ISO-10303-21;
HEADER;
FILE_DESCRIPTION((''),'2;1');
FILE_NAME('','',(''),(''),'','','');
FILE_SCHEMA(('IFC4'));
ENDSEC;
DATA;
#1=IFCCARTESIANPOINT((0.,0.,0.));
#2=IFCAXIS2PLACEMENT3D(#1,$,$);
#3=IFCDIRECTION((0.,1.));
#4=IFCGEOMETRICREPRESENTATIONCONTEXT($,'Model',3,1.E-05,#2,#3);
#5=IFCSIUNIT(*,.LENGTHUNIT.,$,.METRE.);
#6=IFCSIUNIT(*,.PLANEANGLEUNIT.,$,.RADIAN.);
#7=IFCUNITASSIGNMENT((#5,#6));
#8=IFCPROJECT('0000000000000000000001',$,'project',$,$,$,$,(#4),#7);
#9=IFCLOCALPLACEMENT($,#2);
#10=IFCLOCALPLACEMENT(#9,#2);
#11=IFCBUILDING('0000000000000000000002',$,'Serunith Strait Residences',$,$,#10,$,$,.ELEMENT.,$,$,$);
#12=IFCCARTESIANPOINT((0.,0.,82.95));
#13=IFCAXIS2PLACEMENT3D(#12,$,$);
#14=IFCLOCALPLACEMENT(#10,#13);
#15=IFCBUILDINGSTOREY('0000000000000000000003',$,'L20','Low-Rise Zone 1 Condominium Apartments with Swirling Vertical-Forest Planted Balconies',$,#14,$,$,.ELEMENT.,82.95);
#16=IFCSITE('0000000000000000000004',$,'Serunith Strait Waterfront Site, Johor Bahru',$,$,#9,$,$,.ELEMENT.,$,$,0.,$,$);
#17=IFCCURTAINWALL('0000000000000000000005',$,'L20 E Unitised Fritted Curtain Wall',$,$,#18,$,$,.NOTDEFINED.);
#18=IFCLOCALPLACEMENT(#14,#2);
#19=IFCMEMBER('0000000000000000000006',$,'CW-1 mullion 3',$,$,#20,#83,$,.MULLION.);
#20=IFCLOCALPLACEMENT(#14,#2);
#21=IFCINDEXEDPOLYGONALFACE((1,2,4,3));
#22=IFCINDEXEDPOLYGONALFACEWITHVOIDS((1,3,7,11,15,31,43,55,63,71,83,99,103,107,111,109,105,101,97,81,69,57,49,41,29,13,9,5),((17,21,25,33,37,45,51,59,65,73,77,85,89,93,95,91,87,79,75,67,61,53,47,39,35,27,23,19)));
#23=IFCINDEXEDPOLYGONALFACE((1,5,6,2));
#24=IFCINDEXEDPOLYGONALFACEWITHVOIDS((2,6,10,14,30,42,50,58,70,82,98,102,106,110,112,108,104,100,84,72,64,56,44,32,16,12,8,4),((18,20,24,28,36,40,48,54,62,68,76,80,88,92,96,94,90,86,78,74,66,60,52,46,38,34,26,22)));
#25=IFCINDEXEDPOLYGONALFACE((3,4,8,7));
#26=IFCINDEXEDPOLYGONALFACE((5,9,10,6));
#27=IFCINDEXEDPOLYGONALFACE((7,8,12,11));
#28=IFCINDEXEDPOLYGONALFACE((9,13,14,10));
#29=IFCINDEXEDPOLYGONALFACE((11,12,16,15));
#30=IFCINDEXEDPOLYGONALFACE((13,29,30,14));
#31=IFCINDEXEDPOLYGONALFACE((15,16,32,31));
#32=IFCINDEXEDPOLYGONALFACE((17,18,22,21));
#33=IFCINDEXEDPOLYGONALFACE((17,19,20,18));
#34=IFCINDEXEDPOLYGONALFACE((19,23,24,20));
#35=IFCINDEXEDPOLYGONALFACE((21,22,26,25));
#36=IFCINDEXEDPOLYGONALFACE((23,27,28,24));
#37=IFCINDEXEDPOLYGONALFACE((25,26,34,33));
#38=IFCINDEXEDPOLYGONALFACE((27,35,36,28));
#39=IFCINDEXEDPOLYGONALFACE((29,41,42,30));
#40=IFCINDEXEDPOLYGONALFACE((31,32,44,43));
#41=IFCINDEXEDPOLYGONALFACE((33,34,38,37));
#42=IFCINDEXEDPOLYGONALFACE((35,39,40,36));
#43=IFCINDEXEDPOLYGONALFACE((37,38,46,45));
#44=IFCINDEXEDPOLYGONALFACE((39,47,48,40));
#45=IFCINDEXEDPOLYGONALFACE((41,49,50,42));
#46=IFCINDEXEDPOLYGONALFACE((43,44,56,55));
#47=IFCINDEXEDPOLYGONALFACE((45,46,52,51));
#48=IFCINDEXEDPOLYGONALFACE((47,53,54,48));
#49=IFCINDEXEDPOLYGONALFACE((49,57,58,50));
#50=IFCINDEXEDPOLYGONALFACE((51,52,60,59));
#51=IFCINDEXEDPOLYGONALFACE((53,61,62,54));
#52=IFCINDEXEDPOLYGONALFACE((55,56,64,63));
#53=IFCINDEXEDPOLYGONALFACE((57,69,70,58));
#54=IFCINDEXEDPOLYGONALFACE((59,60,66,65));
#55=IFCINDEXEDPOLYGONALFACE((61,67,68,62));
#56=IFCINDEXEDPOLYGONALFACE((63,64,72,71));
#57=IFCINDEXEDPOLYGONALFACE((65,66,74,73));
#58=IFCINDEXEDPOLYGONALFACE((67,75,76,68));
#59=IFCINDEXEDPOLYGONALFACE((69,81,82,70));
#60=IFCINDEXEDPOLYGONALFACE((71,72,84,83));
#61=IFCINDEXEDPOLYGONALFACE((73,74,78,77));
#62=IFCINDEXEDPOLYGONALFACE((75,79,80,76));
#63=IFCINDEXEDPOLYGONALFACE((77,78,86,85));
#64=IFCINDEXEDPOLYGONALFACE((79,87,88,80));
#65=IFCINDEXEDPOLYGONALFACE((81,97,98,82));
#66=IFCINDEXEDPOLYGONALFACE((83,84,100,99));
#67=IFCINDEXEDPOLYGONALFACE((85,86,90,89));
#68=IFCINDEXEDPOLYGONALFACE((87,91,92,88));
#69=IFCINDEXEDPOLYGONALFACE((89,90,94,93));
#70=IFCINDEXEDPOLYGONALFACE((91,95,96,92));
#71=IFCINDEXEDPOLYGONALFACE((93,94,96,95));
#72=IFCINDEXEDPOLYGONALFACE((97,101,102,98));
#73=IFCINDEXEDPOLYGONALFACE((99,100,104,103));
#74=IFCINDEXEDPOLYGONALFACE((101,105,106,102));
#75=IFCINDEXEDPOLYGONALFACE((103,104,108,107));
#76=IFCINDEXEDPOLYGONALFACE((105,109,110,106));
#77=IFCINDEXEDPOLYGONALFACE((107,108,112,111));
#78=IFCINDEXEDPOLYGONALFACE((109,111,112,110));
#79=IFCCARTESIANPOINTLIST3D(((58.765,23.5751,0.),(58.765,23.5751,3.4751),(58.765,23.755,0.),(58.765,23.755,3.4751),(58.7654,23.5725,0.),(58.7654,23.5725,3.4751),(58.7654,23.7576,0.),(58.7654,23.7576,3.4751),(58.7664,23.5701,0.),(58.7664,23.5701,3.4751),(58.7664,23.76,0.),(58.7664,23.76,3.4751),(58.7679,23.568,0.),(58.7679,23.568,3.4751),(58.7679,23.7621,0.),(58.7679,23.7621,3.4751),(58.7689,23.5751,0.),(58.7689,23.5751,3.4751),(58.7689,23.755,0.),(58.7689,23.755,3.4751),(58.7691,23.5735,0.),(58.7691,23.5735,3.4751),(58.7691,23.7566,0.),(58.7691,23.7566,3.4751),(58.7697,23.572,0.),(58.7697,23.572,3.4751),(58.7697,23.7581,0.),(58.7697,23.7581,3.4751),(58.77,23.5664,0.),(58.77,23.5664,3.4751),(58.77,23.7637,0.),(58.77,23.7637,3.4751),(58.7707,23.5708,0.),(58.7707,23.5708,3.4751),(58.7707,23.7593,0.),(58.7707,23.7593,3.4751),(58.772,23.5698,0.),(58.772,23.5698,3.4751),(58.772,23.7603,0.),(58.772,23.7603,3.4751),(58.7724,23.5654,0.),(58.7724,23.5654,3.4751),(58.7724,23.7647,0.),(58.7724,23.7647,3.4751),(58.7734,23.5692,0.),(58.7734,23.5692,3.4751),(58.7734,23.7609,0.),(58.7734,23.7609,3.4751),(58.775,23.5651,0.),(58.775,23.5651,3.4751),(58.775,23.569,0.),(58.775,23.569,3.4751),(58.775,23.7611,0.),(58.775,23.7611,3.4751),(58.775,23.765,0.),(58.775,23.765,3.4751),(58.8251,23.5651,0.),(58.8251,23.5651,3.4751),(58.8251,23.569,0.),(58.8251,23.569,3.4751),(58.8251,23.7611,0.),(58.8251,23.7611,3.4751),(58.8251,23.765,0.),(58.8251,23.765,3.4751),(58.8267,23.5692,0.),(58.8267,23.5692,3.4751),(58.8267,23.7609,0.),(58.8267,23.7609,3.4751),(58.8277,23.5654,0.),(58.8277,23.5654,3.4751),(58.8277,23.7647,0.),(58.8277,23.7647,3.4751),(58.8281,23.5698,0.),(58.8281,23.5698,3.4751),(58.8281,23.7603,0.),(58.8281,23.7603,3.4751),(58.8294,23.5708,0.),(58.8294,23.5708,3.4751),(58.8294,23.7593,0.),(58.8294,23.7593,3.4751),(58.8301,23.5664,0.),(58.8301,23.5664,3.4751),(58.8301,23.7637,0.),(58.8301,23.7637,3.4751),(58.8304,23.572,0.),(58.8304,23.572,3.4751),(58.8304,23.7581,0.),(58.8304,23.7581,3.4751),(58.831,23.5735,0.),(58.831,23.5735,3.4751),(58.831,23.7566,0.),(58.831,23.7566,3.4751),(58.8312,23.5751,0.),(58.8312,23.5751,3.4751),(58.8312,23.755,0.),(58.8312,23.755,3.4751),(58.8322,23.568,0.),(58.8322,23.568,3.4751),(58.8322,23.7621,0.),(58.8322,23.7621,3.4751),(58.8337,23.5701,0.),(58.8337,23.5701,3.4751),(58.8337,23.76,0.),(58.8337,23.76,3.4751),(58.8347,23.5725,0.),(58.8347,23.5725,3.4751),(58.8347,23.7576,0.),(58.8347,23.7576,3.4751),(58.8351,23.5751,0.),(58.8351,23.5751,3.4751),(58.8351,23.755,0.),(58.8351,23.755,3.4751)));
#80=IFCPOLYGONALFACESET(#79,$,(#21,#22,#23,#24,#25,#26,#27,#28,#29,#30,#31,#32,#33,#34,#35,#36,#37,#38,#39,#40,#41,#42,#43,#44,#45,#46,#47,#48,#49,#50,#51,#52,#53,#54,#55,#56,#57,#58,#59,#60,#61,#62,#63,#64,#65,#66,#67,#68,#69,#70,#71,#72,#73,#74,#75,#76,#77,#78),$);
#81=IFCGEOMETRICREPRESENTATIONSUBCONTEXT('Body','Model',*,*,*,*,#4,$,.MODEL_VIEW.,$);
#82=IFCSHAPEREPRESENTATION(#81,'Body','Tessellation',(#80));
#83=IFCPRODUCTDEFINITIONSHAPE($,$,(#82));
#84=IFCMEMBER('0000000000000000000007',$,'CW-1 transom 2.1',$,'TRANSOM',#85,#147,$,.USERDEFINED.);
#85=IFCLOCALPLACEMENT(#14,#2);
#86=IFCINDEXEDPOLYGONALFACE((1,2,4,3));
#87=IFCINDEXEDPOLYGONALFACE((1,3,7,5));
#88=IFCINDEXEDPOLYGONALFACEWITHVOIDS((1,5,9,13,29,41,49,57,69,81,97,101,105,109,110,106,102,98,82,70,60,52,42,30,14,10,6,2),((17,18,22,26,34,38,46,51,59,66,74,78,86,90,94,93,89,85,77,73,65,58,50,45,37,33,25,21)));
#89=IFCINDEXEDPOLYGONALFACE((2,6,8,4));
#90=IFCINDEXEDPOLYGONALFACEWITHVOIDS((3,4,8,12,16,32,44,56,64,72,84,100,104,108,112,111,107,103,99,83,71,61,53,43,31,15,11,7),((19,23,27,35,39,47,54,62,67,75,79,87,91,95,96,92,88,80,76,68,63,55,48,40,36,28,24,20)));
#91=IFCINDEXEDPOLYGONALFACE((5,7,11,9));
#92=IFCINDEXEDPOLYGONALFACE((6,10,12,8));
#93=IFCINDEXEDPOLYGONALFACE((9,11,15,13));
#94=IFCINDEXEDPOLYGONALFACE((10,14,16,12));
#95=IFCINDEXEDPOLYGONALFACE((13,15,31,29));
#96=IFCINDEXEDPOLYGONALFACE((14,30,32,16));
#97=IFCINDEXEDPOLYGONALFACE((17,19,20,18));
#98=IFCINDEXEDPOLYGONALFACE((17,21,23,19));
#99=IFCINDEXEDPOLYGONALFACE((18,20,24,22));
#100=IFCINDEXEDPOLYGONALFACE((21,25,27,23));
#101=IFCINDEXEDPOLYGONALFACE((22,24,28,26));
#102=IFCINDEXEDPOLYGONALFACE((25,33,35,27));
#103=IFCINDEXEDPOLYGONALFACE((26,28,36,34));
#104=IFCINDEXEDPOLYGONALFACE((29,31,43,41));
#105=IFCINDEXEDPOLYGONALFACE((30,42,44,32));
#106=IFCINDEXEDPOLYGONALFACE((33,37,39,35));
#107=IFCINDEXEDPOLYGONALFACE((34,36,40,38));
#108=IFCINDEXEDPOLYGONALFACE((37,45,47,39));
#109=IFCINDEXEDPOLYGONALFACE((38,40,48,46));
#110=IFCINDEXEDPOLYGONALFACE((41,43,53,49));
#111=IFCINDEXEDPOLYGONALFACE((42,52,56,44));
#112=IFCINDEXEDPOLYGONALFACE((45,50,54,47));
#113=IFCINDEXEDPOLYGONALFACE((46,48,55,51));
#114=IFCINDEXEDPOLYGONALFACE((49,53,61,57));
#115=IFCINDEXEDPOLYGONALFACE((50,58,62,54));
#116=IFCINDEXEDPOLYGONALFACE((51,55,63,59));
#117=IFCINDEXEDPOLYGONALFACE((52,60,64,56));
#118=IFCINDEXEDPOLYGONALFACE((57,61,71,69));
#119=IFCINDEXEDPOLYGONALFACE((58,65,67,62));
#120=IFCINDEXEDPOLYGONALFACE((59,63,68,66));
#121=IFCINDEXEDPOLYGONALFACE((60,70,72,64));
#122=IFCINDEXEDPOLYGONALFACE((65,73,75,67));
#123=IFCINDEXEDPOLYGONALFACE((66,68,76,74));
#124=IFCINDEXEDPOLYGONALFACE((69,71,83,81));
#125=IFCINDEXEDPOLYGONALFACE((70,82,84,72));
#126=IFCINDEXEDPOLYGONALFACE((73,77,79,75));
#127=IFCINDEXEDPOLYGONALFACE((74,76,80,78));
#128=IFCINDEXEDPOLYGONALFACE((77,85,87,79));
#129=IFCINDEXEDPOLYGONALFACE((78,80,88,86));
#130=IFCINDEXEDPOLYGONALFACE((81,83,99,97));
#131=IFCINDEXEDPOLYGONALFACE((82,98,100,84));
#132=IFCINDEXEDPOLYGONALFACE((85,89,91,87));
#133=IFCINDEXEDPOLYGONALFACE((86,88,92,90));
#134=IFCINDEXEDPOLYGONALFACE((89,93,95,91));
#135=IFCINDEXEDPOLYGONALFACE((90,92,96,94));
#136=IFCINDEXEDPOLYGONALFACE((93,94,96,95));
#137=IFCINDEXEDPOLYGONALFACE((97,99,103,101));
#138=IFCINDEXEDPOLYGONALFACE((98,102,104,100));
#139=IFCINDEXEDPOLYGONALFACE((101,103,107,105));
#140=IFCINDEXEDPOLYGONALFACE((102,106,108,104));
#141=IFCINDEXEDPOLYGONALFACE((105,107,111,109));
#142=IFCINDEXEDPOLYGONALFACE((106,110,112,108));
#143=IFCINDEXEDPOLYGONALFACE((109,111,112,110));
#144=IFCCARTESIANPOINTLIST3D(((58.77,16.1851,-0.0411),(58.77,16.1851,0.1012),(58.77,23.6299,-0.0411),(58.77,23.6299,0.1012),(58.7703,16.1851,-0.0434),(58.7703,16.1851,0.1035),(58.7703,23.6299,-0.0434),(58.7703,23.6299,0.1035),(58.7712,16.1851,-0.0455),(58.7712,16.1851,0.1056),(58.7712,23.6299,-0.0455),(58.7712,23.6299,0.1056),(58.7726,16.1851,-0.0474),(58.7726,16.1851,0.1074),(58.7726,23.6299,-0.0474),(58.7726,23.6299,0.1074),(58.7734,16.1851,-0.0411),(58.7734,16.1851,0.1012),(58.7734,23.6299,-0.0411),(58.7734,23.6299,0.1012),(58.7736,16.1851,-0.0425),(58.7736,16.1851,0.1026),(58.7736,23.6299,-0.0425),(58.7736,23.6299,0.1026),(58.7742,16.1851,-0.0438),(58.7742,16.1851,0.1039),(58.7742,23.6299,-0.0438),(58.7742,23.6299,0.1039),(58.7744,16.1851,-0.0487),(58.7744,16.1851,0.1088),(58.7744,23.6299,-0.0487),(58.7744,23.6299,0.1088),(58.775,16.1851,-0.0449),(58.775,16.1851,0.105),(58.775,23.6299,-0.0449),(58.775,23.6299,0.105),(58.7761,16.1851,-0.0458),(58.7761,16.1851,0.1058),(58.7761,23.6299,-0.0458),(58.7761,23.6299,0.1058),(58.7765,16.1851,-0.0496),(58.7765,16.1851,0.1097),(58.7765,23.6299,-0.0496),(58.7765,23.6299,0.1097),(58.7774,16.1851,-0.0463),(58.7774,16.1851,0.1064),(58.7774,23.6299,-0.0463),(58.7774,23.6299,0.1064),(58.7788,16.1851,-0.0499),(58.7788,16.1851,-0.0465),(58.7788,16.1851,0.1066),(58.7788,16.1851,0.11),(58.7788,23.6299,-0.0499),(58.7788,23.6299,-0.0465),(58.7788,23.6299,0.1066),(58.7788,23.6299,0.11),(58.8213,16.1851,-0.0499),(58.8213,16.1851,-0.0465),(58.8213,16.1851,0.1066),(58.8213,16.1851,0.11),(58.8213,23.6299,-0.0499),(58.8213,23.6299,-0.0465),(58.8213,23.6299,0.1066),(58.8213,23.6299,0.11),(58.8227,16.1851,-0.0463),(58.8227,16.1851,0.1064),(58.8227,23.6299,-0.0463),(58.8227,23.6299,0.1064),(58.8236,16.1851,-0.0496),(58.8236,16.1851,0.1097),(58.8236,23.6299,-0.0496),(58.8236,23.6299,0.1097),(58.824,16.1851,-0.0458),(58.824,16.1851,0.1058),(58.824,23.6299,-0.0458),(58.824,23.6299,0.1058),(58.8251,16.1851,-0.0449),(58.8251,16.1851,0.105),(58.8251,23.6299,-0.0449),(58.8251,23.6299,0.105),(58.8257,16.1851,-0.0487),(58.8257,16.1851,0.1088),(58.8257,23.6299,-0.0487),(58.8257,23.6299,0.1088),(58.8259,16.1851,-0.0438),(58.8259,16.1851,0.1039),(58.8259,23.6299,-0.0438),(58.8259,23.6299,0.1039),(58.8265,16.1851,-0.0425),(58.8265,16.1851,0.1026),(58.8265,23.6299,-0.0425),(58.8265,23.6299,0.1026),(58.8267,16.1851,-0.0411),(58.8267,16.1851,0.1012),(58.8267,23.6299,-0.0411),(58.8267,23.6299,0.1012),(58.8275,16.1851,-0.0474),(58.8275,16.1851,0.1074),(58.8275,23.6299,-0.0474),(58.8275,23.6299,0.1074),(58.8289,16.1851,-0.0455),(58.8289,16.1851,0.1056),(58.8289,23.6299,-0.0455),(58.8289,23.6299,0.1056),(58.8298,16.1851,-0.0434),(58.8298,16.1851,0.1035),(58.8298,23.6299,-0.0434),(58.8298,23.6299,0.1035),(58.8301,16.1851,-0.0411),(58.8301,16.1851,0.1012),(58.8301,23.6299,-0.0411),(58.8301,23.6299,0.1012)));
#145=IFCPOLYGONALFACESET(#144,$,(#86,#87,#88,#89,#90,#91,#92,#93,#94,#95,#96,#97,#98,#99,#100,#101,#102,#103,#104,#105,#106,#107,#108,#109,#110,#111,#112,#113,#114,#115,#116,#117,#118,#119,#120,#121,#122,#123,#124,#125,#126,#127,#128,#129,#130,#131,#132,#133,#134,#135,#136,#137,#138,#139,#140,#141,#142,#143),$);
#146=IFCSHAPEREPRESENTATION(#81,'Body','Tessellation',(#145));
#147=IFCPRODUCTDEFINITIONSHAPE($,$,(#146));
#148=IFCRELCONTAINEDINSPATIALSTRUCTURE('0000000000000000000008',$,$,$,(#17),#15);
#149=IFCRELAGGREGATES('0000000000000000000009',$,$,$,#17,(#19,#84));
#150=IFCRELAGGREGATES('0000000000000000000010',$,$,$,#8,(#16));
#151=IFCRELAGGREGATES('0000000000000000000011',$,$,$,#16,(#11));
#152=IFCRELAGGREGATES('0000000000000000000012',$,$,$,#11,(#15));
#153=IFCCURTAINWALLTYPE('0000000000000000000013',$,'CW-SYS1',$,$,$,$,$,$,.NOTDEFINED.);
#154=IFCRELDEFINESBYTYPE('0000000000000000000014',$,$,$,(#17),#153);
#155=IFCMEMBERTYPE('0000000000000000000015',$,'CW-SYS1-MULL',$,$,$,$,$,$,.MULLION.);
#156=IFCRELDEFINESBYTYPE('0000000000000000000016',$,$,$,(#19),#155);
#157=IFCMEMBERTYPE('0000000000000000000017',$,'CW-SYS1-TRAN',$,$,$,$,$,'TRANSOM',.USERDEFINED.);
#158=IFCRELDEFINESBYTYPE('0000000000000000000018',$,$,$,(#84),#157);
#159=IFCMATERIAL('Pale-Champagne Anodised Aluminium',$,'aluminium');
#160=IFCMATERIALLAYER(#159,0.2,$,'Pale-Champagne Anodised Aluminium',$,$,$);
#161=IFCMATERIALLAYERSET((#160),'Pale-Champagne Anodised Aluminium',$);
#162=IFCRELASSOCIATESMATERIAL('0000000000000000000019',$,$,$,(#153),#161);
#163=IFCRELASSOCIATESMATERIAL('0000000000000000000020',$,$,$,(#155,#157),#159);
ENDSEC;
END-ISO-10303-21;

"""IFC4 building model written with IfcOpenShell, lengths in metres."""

from ifc_helpers import new_model, si_unit, direction, frame, origin, origin_2d, place, context, subcontext, project, spatial, hollow_rectangle, extrude, source, transform, mapped, material, layer, layer_set, material_profile, profile_set, type_object, element, aggregate, save


model = new_model("IFC4")

# Units and contexts
model_context = context("Model", 3, precision=1e-05, world=origin(), true_north=direction((0.0, 1.0)))
body_context = subcontext(model_context, "Body", "Model", "MODEL_VIEW")
ifc_project = project(units=[si_unit("LENGTHUNIT", "METRE"), si_unit("PLANEANGLEUNIT", "RADIAN")], contexts=[model_context])

# Site, building, storey
site_placement = place(None, origin())
site = spatial("IfcSite", under=ifc_project, at=site_placement, Name="Serunith Strait Waterfront Site, Johor Bahru", CompositionType="ELEMENT", RefElevation=0.0)
building_placement = place(site_placement, origin())
building = spatial("IfcBuilding", under=site, at=building_placement, Name="Serunith Strait Residences", CompositionType="ELEMENT")
storey_placement = place(building_placement, frame((0.0, 0.0, 82.95)))
storey = spatial("IfcBuildingStorey", under=building, at=storey_placement, Name="L20", Description="Low-Rise Zone 1 Condominium Apartments with Swirling Vertical-Forest Planted Balconies", CompositionType="ELEMENT", Elevation=82.95)

# Curtain wall, members
ifc_material_1 = material(Name="Pale-Champagne Anodised Aluminium", Category="aluminium")
ifc_layer_1 = layer(ifc_material_1, 0.2, Name="Pale-Champagne Anodised Aluminium")
ifc_layer_set_1 = layer_set([ifc_layer_1], Name="Pale-Champagne Anodised Aluminium")
curtain_wall_type = type_object("IfcCurtainWallType", Name="CW-SYS1", PredefinedType="NOTDEFINED", material=ifc_layer_set_1)
curtain_wall_placement = place(storey_placement, origin())
curtain_wall = element("IfcCurtainWall", 1, at=curtain_wall_placement, inside=storey, type_object=curtain_wall_type, Name="L20 E Unitised Fritted Curtain Wall", PredefinedType="NOTDEFINED")
ifc_material_profile_1 = material_profile(ifc_material_1, hollow_rectangle(XDim=0.0701, YDim=0.2, WallThickness=0.0039, InnerFilletRadius=0.0061, OuterFilletRadius=0.01, at=origin_2d()), Name="ALU 200x70x4")
ifc_profile_set_1 = profile_set([ifc_material_profile_1], Name="Pale-Champagne Anodised Aluminium")
member_type_1 = type_object("IfcMemberType", Name="CW-SYS1-MULL", PredefinedType="MULLION", material=ifc_profile_set_1)
shared_shape_1 = source(origin(), body_context, "Body", "SweptSolid", [
    extrude(hollow_rectangle(XDim=0.0701, YDim=0.2, WallThickness=0.0039, InnerFilletRadius=0.0061, OuterFilletRadius=0.01, at=origin_2d()), origin(), (0.0, 0.0, 1.0), 3.4751),
])
member_1_placement = place(storey_placement, frame((58.8, 23.665, 0.0), z_axis=(0.0, 0.0, 1.0), x_axis=(-1.0, 0.0, 0.0)))
member_1 = element("IfcMember", 2, at=member_1_placement, type_object=member_type_1, Name="CW-1 mullion 3", PredefinedType="MULLION", context=body_context, shape_type="MappedRepresentation", body=[
    mapped(shared_shape_1, transform((0.0, 0.0, 0.0), scale=1.0)),
])
ifc_material_profile_2 = material_profile(ifc_material_1, hollow_rectangle(XDim=0.0601, YDim=0.1599, WallThickness=0.0034, InnerFilletRadius=0.0054, OuterFilletRadius=0.0088, at=origin_2d()), Name="ALU 160x60x3.5")
ifc_profile_set_2 = profile_set([ifc_material_profile_2], Name="Pale-Champagne Anodised Aluminium")
member_type_2 = type_object("IfcMemberType", Name="CW-SYS1-TRAN", ElementType="TRANSOM", PredefinedType="USERDEFINED", material=ifc_profile_set_2)
shared_shape_2 = source(origin(), body_context, "Body", "SweptSolid", [
    extrude(hollow_rectangle(XDim=0.0601, YDim=0.1599, WallThickness=0.0034, InnerFilletRadius=0.0054, OuterFilletRadius=0.0088, at=origin_2d()), origin(), (0.0, 0.0, 1.0), 7.4448),
])
member_2_placement = place(storey_placement, frame((58.8, 16.1851, 0.03), z_axis=(0.0, 1.0, 0.0), x_axis=(-1.0, 0.0, 0.0)))
member_2 = element("IfcMember", 3, at=member_2_placement, type_object=member_type_2, Name="CW-1 transom 2.1", ObjectType="TRANSOM", PredefinedType="USERDEFINED", context=body_context, shape_type="MappedRepresentation", body=[
    mapped(shared_shape_2, transform((0.0, 0.0, 0.0), scale=1.0)),
])
aggregate(curtain_wall, [member_1, member_2])

save(model, "model.ifc")
